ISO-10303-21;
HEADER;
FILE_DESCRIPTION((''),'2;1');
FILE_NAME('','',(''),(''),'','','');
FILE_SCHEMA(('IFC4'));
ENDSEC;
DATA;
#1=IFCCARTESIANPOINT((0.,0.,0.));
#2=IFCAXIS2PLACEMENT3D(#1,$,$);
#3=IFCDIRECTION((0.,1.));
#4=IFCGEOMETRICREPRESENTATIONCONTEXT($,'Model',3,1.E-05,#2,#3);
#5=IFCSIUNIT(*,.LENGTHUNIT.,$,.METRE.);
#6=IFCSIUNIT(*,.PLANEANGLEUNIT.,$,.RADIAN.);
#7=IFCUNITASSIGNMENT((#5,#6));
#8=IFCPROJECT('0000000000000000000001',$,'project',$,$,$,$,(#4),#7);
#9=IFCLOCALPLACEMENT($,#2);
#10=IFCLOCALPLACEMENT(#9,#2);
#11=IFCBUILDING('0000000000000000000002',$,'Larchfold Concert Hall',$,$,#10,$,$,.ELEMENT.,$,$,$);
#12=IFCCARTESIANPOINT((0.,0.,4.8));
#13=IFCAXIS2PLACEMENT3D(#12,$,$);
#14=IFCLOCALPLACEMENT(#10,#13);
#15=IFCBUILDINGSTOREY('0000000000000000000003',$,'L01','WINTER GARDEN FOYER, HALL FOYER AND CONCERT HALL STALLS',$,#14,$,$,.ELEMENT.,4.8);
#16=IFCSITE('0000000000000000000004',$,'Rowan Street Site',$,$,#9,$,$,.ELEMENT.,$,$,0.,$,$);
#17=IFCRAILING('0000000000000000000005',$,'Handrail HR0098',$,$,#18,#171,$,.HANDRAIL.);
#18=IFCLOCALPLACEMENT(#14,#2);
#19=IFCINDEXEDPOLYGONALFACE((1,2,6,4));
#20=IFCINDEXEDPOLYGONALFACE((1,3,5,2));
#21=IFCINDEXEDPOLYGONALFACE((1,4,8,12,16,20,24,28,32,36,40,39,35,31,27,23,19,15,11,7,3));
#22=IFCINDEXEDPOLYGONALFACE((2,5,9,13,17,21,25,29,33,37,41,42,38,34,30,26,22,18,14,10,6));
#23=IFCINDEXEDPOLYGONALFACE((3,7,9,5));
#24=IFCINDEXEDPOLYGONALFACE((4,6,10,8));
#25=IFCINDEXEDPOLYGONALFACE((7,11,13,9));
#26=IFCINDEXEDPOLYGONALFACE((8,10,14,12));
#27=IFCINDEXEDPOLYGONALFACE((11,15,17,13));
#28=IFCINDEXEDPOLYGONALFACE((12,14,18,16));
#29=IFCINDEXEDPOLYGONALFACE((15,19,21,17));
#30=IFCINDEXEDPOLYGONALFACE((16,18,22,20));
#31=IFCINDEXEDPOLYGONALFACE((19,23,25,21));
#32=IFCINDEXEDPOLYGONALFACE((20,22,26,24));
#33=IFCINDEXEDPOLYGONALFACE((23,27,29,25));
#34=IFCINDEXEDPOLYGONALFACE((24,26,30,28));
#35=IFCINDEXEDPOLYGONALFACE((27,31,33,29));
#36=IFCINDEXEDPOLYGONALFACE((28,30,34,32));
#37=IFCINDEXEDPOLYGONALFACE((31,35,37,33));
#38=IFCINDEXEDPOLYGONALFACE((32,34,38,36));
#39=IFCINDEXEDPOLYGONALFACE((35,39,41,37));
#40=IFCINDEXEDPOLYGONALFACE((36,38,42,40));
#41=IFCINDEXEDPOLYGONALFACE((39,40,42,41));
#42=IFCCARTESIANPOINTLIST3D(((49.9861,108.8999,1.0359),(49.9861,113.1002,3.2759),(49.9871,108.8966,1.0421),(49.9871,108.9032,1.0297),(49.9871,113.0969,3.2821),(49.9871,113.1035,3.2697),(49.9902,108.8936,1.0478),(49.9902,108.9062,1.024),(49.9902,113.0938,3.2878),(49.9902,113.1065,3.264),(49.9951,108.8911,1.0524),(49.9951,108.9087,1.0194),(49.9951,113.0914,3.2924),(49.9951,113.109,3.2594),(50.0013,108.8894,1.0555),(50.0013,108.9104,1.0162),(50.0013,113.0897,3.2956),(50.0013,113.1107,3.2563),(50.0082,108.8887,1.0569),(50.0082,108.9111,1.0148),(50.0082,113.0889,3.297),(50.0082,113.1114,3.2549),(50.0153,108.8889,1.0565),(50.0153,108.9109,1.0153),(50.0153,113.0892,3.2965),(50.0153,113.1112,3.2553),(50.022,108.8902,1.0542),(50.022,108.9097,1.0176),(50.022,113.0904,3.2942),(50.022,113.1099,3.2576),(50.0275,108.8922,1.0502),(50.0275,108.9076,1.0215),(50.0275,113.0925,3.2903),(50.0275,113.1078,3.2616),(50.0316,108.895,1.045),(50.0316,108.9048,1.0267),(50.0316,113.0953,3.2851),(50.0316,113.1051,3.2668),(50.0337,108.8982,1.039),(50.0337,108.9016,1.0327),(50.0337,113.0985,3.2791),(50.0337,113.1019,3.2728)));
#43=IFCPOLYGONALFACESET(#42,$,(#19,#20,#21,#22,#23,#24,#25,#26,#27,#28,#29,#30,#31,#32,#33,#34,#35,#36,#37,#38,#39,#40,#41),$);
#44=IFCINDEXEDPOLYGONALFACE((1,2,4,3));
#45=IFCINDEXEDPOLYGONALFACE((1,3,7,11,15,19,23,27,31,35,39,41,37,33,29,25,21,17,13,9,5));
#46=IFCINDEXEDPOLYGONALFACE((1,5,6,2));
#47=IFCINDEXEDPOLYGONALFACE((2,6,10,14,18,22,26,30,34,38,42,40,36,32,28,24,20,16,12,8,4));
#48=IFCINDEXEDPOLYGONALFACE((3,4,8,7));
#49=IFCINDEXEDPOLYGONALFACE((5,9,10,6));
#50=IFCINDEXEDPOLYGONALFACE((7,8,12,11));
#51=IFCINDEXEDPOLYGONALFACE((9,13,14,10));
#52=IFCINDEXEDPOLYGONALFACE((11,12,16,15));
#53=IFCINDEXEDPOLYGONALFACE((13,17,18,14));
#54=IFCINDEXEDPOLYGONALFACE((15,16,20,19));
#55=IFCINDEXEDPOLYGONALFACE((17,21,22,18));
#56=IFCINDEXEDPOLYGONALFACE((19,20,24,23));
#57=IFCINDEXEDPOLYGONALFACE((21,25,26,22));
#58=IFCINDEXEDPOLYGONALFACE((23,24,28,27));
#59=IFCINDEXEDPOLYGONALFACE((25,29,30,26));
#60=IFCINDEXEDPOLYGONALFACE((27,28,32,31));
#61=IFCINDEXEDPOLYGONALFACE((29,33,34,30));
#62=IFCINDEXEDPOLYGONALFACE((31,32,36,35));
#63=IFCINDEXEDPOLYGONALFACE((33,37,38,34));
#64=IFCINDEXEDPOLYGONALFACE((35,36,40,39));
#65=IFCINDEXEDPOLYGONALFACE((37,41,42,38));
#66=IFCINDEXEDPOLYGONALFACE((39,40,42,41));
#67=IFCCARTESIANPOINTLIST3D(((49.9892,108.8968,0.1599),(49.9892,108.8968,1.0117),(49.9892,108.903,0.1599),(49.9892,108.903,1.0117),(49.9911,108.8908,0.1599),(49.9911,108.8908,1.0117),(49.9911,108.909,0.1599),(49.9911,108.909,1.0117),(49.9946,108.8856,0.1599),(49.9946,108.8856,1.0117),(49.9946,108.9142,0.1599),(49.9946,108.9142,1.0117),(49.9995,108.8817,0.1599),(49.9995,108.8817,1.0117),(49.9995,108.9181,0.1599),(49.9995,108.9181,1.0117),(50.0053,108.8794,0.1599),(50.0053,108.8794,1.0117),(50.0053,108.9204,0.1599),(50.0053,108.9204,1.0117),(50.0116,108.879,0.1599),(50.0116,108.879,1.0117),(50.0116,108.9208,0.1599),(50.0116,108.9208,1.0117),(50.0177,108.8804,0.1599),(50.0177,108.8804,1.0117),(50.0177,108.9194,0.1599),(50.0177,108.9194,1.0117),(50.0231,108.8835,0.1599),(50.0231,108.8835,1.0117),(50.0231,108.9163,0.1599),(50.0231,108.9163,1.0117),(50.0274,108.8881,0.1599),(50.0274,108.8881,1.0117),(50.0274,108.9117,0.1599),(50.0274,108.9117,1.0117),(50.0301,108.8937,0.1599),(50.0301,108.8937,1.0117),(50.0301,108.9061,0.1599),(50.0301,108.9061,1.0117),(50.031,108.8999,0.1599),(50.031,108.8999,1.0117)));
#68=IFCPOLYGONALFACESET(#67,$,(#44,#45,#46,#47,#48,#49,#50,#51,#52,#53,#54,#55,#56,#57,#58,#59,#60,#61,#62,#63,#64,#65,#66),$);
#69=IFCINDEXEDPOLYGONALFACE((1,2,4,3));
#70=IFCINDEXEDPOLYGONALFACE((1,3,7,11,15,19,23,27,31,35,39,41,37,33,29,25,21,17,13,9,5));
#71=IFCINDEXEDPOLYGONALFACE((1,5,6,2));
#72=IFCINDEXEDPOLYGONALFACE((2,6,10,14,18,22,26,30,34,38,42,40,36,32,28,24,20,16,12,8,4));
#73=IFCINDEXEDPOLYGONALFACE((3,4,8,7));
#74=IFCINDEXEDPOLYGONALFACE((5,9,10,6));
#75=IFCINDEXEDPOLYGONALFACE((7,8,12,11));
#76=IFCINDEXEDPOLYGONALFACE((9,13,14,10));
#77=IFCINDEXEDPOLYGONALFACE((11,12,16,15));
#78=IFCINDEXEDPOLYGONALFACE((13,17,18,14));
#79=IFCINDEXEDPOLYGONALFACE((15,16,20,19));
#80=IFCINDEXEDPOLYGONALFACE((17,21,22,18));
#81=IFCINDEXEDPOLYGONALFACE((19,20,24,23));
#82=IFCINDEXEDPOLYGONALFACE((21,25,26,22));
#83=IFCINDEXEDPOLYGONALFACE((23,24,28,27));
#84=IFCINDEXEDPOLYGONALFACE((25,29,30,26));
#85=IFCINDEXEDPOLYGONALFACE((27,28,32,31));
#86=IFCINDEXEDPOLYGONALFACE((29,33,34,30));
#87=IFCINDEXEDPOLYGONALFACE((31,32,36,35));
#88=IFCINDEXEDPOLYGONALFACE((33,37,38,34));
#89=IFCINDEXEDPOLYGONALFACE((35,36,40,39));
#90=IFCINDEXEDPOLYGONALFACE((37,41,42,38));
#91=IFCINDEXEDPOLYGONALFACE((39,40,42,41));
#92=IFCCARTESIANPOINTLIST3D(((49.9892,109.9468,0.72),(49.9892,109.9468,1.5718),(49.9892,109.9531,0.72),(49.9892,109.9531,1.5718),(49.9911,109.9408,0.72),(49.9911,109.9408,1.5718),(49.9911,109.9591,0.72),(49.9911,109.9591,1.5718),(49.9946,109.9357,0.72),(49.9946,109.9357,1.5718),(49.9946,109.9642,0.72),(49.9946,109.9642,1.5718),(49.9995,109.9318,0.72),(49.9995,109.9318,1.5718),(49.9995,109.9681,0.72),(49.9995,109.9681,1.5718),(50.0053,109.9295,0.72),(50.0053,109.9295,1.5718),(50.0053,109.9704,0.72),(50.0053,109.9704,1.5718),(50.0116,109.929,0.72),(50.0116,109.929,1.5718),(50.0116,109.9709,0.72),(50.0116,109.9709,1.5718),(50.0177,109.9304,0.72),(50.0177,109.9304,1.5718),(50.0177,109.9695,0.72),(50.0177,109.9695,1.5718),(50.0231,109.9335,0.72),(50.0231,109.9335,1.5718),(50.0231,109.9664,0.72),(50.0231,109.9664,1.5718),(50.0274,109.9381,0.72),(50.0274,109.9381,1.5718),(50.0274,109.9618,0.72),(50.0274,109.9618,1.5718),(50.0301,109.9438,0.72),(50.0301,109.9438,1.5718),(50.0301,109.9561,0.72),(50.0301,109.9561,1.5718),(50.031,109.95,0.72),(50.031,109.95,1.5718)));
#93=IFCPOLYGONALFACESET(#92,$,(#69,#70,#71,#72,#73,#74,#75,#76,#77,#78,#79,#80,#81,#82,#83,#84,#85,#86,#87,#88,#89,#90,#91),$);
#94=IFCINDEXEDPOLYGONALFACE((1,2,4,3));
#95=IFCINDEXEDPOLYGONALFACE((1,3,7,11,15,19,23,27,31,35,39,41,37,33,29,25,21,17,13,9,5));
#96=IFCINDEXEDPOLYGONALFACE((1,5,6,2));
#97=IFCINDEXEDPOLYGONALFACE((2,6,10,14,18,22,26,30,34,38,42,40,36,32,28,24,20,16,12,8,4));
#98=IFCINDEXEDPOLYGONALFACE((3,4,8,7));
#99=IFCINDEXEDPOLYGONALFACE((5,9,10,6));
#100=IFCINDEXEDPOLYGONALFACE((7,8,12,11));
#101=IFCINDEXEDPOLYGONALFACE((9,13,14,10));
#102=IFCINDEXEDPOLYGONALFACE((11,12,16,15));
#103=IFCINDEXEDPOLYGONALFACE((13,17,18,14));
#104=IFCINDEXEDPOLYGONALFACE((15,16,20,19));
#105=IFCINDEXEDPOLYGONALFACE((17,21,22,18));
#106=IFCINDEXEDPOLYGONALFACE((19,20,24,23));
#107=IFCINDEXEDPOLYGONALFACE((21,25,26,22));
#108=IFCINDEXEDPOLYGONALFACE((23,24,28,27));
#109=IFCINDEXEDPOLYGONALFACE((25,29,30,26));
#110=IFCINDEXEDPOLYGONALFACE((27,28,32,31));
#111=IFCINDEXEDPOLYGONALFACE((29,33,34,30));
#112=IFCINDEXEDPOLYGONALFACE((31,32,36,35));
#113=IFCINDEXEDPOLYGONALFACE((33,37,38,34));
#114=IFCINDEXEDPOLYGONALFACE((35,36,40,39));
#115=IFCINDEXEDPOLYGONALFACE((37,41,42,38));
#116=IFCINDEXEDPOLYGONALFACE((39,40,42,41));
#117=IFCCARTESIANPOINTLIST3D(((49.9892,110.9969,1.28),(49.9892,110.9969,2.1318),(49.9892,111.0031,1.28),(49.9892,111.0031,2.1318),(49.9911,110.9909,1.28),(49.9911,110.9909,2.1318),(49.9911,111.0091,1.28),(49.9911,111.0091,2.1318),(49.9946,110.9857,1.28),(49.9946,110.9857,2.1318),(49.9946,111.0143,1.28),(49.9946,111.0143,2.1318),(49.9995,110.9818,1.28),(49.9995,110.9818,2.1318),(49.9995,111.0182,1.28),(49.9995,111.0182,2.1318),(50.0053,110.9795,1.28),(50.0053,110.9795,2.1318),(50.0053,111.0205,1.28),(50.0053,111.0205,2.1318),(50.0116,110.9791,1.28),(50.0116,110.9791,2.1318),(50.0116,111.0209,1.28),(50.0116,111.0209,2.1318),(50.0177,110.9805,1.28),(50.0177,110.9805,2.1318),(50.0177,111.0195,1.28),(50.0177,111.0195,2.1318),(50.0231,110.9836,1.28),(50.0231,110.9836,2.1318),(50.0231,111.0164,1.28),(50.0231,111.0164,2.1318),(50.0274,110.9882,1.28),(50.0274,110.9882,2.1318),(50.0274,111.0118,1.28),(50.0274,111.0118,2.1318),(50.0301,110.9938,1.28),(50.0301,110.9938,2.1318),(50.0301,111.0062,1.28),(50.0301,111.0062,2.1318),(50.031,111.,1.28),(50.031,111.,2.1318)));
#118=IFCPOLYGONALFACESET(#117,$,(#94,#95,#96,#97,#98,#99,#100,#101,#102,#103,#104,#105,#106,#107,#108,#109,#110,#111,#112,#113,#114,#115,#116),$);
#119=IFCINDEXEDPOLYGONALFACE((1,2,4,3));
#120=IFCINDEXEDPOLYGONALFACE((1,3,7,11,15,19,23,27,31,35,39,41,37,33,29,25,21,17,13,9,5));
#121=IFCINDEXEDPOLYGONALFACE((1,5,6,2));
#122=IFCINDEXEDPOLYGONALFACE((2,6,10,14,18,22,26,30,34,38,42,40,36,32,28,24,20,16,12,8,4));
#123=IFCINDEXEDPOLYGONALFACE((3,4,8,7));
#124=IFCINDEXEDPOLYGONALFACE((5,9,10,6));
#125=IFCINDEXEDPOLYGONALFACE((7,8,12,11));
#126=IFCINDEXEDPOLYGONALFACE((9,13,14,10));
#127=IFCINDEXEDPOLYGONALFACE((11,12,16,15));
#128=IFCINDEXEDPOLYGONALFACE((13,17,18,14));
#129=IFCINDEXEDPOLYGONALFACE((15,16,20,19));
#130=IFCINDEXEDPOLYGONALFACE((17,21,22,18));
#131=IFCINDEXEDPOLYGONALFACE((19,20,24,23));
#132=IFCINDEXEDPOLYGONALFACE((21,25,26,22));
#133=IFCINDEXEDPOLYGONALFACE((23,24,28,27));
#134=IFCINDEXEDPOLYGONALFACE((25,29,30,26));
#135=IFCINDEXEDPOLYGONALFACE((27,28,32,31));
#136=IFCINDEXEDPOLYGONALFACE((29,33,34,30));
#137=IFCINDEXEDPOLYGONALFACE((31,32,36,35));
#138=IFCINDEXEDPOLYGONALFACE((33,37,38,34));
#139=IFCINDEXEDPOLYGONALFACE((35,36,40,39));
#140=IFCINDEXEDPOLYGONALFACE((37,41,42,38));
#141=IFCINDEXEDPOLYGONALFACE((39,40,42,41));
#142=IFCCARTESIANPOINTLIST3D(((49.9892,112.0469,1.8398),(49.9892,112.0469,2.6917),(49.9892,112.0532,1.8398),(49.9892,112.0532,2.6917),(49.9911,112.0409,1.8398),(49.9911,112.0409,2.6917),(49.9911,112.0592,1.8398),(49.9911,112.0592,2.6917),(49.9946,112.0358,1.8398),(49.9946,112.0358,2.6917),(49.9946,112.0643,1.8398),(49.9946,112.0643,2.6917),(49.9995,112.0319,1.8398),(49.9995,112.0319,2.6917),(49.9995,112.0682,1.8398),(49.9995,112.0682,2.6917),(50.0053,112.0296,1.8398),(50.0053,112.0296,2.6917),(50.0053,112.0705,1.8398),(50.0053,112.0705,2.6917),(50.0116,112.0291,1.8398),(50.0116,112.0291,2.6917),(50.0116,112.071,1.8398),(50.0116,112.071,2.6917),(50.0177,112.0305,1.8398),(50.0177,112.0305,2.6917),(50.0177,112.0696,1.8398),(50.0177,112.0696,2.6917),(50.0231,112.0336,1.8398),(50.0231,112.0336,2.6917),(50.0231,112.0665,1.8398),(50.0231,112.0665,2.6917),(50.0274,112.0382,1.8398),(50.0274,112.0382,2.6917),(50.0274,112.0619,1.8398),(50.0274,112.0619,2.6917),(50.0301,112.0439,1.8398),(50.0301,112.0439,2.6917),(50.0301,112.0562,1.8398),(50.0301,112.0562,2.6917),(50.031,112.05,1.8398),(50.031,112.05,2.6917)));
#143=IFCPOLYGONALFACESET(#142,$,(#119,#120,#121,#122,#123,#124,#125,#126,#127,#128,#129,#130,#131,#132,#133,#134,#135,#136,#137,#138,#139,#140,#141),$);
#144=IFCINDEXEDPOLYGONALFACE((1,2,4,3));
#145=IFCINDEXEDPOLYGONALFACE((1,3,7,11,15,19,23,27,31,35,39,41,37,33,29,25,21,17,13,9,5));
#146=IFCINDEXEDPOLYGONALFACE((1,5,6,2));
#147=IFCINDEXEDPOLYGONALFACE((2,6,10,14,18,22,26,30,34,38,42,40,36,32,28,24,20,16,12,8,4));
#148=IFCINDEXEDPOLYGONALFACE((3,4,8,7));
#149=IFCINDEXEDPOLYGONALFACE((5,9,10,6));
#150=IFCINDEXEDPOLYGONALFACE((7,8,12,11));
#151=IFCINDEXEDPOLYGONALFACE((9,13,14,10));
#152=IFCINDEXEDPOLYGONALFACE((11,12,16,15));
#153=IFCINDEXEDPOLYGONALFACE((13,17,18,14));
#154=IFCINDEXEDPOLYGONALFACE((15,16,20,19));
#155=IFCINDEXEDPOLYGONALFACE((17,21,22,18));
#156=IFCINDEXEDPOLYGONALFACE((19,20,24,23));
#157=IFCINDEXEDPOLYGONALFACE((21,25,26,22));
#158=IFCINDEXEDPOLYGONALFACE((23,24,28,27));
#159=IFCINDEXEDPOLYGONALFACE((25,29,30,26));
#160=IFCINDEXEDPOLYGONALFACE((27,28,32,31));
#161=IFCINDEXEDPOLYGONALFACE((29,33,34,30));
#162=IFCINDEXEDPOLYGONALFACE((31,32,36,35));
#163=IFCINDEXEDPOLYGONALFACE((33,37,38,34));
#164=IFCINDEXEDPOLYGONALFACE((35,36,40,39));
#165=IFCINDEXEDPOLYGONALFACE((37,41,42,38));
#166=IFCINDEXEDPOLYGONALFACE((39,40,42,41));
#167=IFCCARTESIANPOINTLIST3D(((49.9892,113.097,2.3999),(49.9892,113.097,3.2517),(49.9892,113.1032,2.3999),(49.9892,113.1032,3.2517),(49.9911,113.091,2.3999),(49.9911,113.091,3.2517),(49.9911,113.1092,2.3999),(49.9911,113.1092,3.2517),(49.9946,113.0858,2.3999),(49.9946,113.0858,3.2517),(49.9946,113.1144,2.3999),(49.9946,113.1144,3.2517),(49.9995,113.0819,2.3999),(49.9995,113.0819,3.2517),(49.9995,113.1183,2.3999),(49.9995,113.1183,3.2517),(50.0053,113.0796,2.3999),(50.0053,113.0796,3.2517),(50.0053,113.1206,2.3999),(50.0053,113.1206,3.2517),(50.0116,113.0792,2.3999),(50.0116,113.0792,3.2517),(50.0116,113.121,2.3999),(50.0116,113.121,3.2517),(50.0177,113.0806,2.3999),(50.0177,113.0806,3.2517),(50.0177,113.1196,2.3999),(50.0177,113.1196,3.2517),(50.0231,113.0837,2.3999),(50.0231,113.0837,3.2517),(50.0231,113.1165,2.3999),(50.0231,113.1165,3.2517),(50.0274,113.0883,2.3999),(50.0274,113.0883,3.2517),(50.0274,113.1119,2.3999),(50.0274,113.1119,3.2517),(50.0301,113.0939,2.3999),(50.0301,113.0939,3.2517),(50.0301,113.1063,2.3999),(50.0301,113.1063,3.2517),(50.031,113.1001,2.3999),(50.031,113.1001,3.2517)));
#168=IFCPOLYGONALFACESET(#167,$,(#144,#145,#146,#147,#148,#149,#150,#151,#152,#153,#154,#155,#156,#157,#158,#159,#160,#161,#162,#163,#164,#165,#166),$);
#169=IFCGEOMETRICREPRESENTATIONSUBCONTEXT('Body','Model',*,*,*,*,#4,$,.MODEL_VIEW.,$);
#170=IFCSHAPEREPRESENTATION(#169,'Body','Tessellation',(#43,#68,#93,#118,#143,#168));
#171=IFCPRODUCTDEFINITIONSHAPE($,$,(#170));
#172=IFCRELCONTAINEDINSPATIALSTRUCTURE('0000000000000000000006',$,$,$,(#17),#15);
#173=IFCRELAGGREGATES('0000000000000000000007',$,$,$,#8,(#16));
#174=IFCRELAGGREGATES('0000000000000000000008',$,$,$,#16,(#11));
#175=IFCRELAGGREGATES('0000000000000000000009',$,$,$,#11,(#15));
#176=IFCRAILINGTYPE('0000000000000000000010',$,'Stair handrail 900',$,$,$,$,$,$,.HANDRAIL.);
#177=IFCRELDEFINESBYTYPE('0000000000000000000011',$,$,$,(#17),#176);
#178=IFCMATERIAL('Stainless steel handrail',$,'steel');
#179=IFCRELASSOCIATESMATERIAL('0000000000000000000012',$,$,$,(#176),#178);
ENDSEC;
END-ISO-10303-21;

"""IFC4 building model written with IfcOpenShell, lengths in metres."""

from ifc_helpers import new_model, si_unit, direction, frame, origin, origin_2d, place, context, subcontext, project, spatial, circle, extrude, material, type_object, element, save


model = new_model("IFC4")

# Units and contexts
model_context = context("Model", 3, precision=1e-05, world=origin(), true_north=direction((0.0, 1.0)))
body_context = subcontext(model_context, "Body", "Model", "MODEL_VIEW")
ifc_project = project(units=[si_unit("LENGTHUNIT", "METRE"), si_unit("PLANEANGLEUNIT", "RADIAN")], contexts=[model_context])

# Site, building, storey
site_placement = place(None, origin())
site = spatial("IfcSite", under=ifc_project, at=site_placement, Name="Rowan Street Site", CompositionType="ELEMENT", RefElevation=0.0)
building_placement = place(site_placement, origin())
building = spatial("IfcBuilding", under=site, at=building_placement, Name="Larchfold Concert Hall", CompositionType="ELEMENT")
storey_placement = place(building_placement, frame((0.0, 0.0, 4.8)))
storey = spatial("IfcBuildingStorey", under=building, at=storey_placement, Name="L01", Description="WINTER GARDEN FOYER, HALL FOYER AND CONCERT HALL STALLS", CompositionType="ELEMENT", Elevation=4.8)

# Railing
ifc_material_1 = material(Name="Stainless steel handrail", Category="steel")
railing_type_1 = type_object("IfcRailingType", Name="Stair handrail 900", PredefinedType="HANDRAIL", material=ifc_material_1)
for number, where, name in (
    (1, (50.01, 108.8999, 0.1599), "Handrail HR0098"),
):
    element("IfcRailing", number, at=place(storey_placement, frame(where)), inside=storey, type_object=railing_type_1, Name=name, PredefinedType="HANDRAIL", context=body_context, shape_type="SweptSolid", body=[
        extrude(circle(Radius=0.0239, at=origin_2d()), frame((0.0, 0.0, 0.876), z_axis=(0.0, 0.882363, 0.47057), x_axis=(-1.0, 0.0, 0.0)), (0.0, 0.0, 1.0), 4.7603),
        extrude(circle(Radius=0.021, at=origin_2d()), origin(), (0.0, 0.0, 1.0), 0.8518),
        extrude(circle(Radius=0.021, at=origin_2d()), frame((0.0, 1.05, 0.5601)), (0.0, 0.0, 1.0), 0.8518),
        extrude(circle(Radius=0.021, at=origin_2d()), frame((0.0, 2.1001, 1.1201)), (0.0, 0.0, 1.0), 0.8518),
        extrude(circle(Radius=0.021, at=origin_2d()), frame((0.0, 3.1501, 1.6799)), (0.0, 0.0, 1.0), 0.8518),
        extrude(circle(Radius=0.021, at=origin_2d()), frame((0.0, 4.2002, 2.24)), (0.0, 0.0, 1.0), 0.8518),
    ])

save(model, "model.ifc")
